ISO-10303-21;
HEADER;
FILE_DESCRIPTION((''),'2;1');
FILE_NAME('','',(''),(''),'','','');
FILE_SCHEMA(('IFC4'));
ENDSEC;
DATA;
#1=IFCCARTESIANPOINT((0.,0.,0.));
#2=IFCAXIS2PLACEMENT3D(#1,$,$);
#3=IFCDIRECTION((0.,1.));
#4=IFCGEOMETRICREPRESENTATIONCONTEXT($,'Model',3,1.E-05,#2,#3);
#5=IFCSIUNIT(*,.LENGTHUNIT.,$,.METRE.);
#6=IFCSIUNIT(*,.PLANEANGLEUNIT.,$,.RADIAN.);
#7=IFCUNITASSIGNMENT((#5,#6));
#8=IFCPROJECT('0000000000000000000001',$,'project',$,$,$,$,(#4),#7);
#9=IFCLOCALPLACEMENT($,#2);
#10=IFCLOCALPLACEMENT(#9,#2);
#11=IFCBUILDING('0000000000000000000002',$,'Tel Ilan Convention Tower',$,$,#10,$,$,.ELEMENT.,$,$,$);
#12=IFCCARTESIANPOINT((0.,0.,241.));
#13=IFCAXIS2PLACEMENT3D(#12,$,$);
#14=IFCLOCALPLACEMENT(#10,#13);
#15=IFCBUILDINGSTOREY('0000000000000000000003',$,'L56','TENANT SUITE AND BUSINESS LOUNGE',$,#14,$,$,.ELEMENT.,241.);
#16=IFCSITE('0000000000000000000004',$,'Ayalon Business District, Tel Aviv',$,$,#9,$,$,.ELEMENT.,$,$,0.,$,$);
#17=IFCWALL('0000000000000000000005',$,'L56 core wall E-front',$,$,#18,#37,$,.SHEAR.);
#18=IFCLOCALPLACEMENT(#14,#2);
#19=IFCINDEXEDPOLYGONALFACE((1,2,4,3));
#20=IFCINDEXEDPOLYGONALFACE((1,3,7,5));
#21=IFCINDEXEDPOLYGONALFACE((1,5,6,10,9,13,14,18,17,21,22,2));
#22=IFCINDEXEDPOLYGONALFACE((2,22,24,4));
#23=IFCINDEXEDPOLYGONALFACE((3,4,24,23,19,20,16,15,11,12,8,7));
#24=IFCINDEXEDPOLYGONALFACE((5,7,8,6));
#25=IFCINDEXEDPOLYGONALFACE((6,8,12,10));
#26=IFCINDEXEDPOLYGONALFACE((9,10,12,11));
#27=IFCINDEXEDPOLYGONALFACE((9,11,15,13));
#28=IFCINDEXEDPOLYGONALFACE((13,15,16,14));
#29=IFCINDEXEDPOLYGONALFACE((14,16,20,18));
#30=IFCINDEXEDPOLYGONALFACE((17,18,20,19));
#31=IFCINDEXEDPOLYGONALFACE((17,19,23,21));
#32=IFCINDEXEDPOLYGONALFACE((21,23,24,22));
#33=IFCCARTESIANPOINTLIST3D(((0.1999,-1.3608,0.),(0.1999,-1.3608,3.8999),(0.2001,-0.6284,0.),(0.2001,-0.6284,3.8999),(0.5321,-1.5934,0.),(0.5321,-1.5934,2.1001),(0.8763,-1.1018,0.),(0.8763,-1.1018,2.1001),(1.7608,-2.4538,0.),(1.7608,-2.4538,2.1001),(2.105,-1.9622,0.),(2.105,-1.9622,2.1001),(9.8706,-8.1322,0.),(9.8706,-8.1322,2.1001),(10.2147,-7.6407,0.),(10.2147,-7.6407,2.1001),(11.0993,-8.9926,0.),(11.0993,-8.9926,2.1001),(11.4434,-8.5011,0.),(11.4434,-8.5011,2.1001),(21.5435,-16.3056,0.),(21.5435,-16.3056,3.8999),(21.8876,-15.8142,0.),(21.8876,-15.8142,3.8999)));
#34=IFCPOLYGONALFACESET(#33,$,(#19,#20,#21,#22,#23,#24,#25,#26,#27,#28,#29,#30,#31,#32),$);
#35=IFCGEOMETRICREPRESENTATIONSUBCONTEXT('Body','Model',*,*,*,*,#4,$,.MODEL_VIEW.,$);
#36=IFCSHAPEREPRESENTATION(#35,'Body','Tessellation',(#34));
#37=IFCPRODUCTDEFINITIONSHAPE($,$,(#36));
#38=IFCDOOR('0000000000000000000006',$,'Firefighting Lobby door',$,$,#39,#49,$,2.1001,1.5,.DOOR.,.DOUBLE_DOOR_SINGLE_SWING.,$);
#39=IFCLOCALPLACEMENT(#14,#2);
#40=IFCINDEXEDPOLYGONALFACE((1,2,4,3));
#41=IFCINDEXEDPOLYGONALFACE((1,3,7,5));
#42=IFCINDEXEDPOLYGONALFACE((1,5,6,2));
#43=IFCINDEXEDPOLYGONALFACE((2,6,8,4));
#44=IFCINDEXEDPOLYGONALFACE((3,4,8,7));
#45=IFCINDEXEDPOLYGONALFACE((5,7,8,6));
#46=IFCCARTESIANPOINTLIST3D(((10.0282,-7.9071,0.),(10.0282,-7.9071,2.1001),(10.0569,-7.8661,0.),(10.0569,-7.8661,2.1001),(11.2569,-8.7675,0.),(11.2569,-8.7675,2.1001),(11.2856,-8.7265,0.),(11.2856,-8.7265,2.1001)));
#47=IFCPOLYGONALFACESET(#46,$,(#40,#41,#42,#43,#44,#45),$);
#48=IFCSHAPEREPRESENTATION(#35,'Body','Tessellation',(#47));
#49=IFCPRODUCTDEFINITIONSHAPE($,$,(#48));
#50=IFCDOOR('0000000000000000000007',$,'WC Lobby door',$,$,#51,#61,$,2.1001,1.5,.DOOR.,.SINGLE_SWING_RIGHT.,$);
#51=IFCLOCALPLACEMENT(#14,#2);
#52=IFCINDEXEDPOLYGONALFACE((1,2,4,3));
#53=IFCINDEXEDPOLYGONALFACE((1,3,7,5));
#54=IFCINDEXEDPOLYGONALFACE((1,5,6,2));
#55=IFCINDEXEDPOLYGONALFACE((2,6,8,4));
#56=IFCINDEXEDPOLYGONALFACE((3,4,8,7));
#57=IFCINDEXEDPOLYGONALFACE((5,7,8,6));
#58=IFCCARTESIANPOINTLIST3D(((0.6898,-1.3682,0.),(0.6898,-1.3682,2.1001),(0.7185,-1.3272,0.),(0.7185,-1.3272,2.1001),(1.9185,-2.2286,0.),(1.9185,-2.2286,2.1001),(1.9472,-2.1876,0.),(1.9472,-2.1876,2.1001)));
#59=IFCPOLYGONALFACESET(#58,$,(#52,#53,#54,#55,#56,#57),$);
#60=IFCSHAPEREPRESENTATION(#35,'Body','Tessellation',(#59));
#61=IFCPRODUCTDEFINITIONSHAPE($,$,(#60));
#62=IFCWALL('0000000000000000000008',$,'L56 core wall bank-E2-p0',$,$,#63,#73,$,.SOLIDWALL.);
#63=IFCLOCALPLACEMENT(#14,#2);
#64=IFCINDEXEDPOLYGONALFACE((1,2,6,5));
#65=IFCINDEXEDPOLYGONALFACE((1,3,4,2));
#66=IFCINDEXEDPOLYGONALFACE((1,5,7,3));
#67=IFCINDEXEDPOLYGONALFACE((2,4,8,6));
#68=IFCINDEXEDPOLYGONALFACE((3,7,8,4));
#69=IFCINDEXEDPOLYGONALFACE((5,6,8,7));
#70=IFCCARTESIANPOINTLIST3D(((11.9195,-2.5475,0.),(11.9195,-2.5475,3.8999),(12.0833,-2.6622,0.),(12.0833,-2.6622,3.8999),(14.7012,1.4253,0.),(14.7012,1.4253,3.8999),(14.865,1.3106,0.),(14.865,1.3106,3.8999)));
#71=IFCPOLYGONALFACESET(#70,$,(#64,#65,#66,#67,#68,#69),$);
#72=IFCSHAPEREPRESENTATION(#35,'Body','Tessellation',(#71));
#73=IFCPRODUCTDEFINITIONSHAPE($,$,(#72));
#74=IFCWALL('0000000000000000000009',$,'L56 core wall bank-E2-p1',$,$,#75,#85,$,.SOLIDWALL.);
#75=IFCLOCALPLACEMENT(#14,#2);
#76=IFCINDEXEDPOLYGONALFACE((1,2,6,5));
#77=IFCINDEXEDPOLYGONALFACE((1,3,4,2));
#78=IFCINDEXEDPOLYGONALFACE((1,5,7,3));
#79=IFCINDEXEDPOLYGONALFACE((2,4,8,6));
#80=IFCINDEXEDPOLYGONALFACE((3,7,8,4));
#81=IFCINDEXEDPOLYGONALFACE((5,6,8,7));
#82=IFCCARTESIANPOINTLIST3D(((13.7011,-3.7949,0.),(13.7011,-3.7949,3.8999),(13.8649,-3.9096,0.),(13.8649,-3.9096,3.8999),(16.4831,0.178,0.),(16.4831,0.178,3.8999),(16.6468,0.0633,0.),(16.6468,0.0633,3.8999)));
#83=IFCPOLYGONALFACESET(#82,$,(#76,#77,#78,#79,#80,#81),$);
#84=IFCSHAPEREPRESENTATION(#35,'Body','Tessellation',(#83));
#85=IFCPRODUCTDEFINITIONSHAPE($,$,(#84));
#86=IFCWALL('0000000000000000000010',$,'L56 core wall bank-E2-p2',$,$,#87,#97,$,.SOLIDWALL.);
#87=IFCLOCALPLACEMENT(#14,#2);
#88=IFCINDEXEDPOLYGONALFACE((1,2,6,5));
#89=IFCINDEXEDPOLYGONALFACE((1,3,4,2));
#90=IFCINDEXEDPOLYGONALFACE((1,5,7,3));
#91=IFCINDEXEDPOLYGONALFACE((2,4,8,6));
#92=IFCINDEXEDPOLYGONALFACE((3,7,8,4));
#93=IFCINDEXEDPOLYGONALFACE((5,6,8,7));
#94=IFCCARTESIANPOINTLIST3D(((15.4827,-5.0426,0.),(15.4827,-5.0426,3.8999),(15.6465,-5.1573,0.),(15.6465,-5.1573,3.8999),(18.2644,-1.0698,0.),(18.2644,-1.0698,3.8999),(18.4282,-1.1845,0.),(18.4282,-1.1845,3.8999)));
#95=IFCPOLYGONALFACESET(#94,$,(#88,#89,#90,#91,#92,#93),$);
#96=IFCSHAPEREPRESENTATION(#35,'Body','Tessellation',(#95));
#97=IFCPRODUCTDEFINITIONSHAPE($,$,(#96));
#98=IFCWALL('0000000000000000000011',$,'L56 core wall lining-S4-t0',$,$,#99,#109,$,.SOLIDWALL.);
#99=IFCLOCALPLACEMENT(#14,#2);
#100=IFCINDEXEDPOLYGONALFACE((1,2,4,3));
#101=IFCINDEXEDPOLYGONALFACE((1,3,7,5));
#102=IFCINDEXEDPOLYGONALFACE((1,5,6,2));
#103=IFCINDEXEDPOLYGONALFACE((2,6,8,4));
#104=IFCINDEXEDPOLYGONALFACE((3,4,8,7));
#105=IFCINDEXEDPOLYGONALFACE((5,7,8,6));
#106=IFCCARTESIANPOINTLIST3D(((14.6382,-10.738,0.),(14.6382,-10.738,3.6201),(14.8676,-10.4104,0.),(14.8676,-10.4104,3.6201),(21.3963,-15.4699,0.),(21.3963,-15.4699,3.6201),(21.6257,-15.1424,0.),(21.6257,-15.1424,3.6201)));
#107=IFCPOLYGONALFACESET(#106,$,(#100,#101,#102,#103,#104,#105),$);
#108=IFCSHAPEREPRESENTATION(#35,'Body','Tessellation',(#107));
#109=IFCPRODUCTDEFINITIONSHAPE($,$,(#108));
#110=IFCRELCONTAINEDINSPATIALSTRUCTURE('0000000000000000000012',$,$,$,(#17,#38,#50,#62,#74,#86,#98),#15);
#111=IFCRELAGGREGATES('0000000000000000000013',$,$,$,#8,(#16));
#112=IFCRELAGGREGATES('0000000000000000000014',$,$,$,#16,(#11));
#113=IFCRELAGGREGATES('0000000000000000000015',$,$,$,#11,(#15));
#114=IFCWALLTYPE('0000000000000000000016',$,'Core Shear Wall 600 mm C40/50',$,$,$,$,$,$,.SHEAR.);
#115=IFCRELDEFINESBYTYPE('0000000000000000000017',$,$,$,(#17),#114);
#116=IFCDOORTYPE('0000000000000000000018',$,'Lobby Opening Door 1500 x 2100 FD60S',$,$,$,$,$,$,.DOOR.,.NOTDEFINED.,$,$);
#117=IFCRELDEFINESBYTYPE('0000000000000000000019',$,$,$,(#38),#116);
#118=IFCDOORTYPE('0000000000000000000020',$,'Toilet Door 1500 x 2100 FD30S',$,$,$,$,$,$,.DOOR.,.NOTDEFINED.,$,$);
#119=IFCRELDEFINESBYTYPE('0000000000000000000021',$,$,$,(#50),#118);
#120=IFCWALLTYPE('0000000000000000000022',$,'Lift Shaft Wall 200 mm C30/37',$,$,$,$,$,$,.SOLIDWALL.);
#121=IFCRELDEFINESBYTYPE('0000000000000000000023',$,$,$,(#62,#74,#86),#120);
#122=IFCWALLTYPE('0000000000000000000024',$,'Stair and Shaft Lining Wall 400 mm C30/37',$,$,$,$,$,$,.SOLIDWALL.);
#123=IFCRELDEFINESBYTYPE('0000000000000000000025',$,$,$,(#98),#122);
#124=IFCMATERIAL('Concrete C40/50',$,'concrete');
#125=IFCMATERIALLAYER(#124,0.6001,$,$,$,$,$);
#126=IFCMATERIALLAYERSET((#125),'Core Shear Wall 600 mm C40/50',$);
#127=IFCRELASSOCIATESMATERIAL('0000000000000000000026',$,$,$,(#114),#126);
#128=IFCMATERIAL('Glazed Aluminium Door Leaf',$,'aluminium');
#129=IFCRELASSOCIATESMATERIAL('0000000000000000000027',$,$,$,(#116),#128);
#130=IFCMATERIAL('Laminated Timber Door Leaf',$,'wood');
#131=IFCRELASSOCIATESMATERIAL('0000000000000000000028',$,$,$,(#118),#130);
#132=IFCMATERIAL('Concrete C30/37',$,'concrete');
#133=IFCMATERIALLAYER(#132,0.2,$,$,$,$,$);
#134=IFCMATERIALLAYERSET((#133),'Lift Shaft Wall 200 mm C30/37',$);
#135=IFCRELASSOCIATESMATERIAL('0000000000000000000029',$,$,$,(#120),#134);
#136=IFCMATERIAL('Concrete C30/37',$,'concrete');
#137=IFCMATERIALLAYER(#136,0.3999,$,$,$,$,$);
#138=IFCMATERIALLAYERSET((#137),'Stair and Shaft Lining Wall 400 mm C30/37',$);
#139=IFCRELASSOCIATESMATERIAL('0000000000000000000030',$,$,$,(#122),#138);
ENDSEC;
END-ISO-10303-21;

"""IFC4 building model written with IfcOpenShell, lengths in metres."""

from ifc_helpers import new_model, si_unit, direction, frame, frame_2d, origin, place, context, subcontext, project, spatial, polyline, rectangle, outline, extrude, material, layer, layer_set, type_object, element, fill, save


model = new_model("IFC4")

# Units and contexts
model_context = context("Model", 3, precision=1e-05, world=origin(), true_north=direction((0.0, 1.0)))
body_context = subcontext(model_context, "Body", "Model", "MODEL_VIEW")
ifc_project = project(units=[si_unit("LENGTHUNIT", "METRE"), si_unit("PLANEANGLEUNIT", "RADIAN")], contexts=[model_context])

# Site, building, storey
site_placement = place(None, origin())
site = spatial("IfcSite", under=ifc_project, at=site_placement, Name="Ayalon Business District, Tel Aviv", CompositionType="ELEMENT", RefElevation=0.0)
building_placement = place(site_placement, origin())
building = spatial("IfcBuilding", under=site, at=building_placement, Name="Tel Ilan Convention Tower", CompositionType="ELEMENT")
storey_placement = place(building_placement, frame((0.0, 0.0, 241.0)))
storey = spatial("IfcBuildingStorey", under=building, at=storey_placement, Name="L56", Description="TENANT SUITE AND BUSINESS LOUNGE", CompositionType="ELEMENT", Elevation=241.0)

# Wall, openings, doors
ifc_material_1 = material(Name="Concrete C40/50", Category="concrete")
ifc_layer_1 = layer(ifc_material_1, 0.6001)
ifc_layer_set_1 = layer_set([ifc_layer_1], Name="Core Shear Wall 600 mm C40/50")
wall_type_1 = type_object("IfcWallType", Name="Core Shear Wall 600 mm C40/50", PredefinedType="SHEAR", material=ifc_layer_set_1)
wall_1_placement = place(storey_placement, frame((0.0278, -0.874, 0.0), z_axis=(0.0, 0.0, 1.0), x_axis=(0.81915, -0.573579, 0.0)))
wall_1 = element("IfcWall", 1, at=wall_1_placement, inside=storey, type_object=wall_type_1, Name="L56 core wall E-front", PredefinedType="SHEAR", context=body_context, shape_type="SweptSolid", body=[
    extrude(outline(polyline([(26.4758, 0.3), (0.0002, 0.3), (0.4202, -0.3), (26.4758, -0.2998), (26.4758, 0.3)])), origin(), (0.0, 0.0, 1.0), 3.8999),
])
opening_1_placement = place(wall_1_placement, frame((0.8257, 0.0, 0.0)))
opening_1 = element("IfcOpeningElement", 2, at=opening_1_placement, cuts=wall_1, PredefinedType="OPENING", context=body_context, shape_type="SweptSolid", body=[
    extrude(rectangle(XDim=1.5, YDim=2.1001, at=frame_2d((0.75, 1.05))), frame((0.0, 0.3101, 0.0), z_axis=(0.0, -1.0, 0.0), x_axis=(1.0, 0.0, 0.0)), (0.0, 0.0, 1.0), 0.6201),
])
opening_2_placement = place(wall_1_placement, frame((12.2258, 0.0, 0.0)))
opening_2 = element("IfcOpeningElement", 3, at=opening_2_placement, cuts=wall_1, PredefinedType="OPENING", context=body_context, shape_type="SweptSolid", body=[
    extrude(rectangle(XDim=1.5, YDim=2.1001, at=frame_2d((0.75, 1.05))), frame((0.0, 0.3101, 0.0), z_axis=(0.0, -1.0, 0.0), x_axis=(1.0, 0.0, 0.0)), (0.0, 0.0, 1.0), 0.6201),
])
ifc_material_2 = material(Name="Glazed Aluminium Door Leaf", Category="aluminium")
door_type_1 = type_object("IfcDoorType", Name="Lobby Opening Door 1500 x 2100 FD60S", OperationType="NOTDEFINED", PredefinedType="DOOR", material=ifc_material_2)
door_1_placement = place(opening_2_placement, origin())
door_1 = element("IfcDoor", 4, at=door_1_placement, inside=storey, type_object=door_type_1, Name="Firefighting Lobby door", OperationType="DOUBLE_DOOR_SINGLE_SWING", OverallHeight=2.1001, OverallWidth=1.5, PredefinedType="DOOR", context=body_context, shape_type="SweptSolid", body=[
    extrude(rectangle(XDim=1.5, YDim=2.1001, at=frame_2d((0.75, 1.05))), frame((0.0, 0.0249, 0.0), z_axis=(0.0, -1.0, 0.0), x_axis=(1.0, 0.0, 0.0)), (0.0, 0.0, 1.0), 0.05),
])
fill(opening_2, door_1)
ifc_material_3 = material(Name="Laminated Timber Door Leaf", Category="wood")
door_type_2 = type_object("IfcDoorType", Name="Toilet Door 1500 x 2100 FD30S", OperationType="NOTDEFINED", PredefinedType="DOOR", material=ifc_material_3)
door_2_placement = place(opening_1_placement, origin())
door_2 = element("IfcDoor", 5, at=door_2_placement, inside=storey, type_object=door_type_2, Name="WC Lobby door", OperationType="SINGLE_SWING_RIGHT", OverallHeight=2.1001, OverallWidth=1.5, PredefinedType="DOOR", context=body_context, shape_type="SweptSolid", body=[
    extrude(rectangle(XDim=1.5, YDim=2.1001, at=frame_2d((0.75, 1.05))), frame((0.0, 0.0249, 0.0), z_axis=(0.0, -1.0, 0.0), x_axis=(1.0, 0.0, 0.0)), (0.0, 0.0, 1.0), 0.05),
])
fill(opening_1, door_2)

# Walls
ifc_material_4 = material(Name="Concrete C30/37", Category="concrete")
ifc_layer_2 = layer(ifc_material_4, 0.2)
ifc_layer_set_2 = layer_set([ifc_layer_2], Name="Lift Shaft Wall 200 mm C30/37")
wall_type_2 = type_object("IfcWallType", Name="Lift Shaft Wall 200 mm C30/37", PredefinedType="SOLIDWALL", material=ifc_layer_set_2)
wall_2_placement = place(storey_placement, frame((12.0015, -2.6047, 0.0), z_axis=(0.0, 0.0, 1.0), x_axis=(0.57356, 0.819163, 0.0)))
element("IfcWall", 6, at=wall_2_placement, inside=storey, type_object=wall_type_2, Name="L56 core wall bank-E2-p0", PredefinedType="SOLIDWALL", context=body_context, shape_type="SweptSolid", body=[
    extrude(rectangle(XDim=4.8499, YDim=0.2, at=frame_2d((2.4248, 0.0))), origin(), (0.0, 0.0, 1.0), 3.8999),
])
wall_3_placement = place(storey_placement, frame((13.783, -3.8523, 0.0), z_axis=(0.0, 0.0, 1.0), x_axis=(0.573594, 0.81914, 0.0)))
element("IfcWall", 7, at=wall_3_placement, inside=storey, type_object=wall_type_2, Name="L56 core wall bank-E2-p1", PredefinedType="SOLIDWALL", context=body_context, shape_type="SweptSolid", body=[
    extrude(rectangle(XDim=4.8501, YDim=0.2, at=frame_2d((2.425, 0.0))), origin(), (0.0, 0.0, 1.0), 3.8999),
])
wall_4_placement = place(storey_placement, frame((15.5647, -5.0999, 0.0), z_axis=(0.0, 0.0, 1.0), x_axis=(0.57356, 0.819163, 0.0)))
element("IfcWall", 8, at=wall_4_placement, inside=storey, type_object=wall_type_2, Name="L56 core wall bank-E2-p2", PredefinedType="SOLIDWALL", context=body_context, shape_type="SweptSolid", body=[
    extrude(rectangle(XDim=4.8499, YDim=0.2, at=frame_2d((2.4248, 0.0))), origin(), (0.0, 0.0, 1.0), 3.8999),
])
ifc_material_5 = material(Name="Concrete C30/37", Category="concrete")
ifc_layer_3 = layer(ifc_material_5, 0.3999)
ifc_layer_set_3 = layer_set([ifc_layer_3], Name="Stair and Shaft Lining Wall 400 mm C30/37")
wall_type_3 = type_object("IfcWallType", Name="Stair and Shaft Lining Wall 400 mm C30/37", PredefinedType="SOLIDWALL", material=ifc_layer_set_3)
wall_5_placement = place(storey_placement, frame((14.7529, -10.5742, 0.0), z_axis=(0.0, 0.0, 1.0), x_axis=(0.819158, -0.573568, 0.0)))
element("IfcWall", 9, at=wall_5_placement, inside=storey, type_object=wall_type_3, Name="L56 core wall lining-S4-t0", PredefinedType="SOLIDWALL", context=body_context, shape_type="SweptSolid", body=[
    extrude(rectangle(XDim=8.25, YDim=0.3999, at=frame_2d((4.125, 0.0))), origin(), (0.0, 0.0, 1.0), 3.6201),
])

save(model, "model.ifc")
